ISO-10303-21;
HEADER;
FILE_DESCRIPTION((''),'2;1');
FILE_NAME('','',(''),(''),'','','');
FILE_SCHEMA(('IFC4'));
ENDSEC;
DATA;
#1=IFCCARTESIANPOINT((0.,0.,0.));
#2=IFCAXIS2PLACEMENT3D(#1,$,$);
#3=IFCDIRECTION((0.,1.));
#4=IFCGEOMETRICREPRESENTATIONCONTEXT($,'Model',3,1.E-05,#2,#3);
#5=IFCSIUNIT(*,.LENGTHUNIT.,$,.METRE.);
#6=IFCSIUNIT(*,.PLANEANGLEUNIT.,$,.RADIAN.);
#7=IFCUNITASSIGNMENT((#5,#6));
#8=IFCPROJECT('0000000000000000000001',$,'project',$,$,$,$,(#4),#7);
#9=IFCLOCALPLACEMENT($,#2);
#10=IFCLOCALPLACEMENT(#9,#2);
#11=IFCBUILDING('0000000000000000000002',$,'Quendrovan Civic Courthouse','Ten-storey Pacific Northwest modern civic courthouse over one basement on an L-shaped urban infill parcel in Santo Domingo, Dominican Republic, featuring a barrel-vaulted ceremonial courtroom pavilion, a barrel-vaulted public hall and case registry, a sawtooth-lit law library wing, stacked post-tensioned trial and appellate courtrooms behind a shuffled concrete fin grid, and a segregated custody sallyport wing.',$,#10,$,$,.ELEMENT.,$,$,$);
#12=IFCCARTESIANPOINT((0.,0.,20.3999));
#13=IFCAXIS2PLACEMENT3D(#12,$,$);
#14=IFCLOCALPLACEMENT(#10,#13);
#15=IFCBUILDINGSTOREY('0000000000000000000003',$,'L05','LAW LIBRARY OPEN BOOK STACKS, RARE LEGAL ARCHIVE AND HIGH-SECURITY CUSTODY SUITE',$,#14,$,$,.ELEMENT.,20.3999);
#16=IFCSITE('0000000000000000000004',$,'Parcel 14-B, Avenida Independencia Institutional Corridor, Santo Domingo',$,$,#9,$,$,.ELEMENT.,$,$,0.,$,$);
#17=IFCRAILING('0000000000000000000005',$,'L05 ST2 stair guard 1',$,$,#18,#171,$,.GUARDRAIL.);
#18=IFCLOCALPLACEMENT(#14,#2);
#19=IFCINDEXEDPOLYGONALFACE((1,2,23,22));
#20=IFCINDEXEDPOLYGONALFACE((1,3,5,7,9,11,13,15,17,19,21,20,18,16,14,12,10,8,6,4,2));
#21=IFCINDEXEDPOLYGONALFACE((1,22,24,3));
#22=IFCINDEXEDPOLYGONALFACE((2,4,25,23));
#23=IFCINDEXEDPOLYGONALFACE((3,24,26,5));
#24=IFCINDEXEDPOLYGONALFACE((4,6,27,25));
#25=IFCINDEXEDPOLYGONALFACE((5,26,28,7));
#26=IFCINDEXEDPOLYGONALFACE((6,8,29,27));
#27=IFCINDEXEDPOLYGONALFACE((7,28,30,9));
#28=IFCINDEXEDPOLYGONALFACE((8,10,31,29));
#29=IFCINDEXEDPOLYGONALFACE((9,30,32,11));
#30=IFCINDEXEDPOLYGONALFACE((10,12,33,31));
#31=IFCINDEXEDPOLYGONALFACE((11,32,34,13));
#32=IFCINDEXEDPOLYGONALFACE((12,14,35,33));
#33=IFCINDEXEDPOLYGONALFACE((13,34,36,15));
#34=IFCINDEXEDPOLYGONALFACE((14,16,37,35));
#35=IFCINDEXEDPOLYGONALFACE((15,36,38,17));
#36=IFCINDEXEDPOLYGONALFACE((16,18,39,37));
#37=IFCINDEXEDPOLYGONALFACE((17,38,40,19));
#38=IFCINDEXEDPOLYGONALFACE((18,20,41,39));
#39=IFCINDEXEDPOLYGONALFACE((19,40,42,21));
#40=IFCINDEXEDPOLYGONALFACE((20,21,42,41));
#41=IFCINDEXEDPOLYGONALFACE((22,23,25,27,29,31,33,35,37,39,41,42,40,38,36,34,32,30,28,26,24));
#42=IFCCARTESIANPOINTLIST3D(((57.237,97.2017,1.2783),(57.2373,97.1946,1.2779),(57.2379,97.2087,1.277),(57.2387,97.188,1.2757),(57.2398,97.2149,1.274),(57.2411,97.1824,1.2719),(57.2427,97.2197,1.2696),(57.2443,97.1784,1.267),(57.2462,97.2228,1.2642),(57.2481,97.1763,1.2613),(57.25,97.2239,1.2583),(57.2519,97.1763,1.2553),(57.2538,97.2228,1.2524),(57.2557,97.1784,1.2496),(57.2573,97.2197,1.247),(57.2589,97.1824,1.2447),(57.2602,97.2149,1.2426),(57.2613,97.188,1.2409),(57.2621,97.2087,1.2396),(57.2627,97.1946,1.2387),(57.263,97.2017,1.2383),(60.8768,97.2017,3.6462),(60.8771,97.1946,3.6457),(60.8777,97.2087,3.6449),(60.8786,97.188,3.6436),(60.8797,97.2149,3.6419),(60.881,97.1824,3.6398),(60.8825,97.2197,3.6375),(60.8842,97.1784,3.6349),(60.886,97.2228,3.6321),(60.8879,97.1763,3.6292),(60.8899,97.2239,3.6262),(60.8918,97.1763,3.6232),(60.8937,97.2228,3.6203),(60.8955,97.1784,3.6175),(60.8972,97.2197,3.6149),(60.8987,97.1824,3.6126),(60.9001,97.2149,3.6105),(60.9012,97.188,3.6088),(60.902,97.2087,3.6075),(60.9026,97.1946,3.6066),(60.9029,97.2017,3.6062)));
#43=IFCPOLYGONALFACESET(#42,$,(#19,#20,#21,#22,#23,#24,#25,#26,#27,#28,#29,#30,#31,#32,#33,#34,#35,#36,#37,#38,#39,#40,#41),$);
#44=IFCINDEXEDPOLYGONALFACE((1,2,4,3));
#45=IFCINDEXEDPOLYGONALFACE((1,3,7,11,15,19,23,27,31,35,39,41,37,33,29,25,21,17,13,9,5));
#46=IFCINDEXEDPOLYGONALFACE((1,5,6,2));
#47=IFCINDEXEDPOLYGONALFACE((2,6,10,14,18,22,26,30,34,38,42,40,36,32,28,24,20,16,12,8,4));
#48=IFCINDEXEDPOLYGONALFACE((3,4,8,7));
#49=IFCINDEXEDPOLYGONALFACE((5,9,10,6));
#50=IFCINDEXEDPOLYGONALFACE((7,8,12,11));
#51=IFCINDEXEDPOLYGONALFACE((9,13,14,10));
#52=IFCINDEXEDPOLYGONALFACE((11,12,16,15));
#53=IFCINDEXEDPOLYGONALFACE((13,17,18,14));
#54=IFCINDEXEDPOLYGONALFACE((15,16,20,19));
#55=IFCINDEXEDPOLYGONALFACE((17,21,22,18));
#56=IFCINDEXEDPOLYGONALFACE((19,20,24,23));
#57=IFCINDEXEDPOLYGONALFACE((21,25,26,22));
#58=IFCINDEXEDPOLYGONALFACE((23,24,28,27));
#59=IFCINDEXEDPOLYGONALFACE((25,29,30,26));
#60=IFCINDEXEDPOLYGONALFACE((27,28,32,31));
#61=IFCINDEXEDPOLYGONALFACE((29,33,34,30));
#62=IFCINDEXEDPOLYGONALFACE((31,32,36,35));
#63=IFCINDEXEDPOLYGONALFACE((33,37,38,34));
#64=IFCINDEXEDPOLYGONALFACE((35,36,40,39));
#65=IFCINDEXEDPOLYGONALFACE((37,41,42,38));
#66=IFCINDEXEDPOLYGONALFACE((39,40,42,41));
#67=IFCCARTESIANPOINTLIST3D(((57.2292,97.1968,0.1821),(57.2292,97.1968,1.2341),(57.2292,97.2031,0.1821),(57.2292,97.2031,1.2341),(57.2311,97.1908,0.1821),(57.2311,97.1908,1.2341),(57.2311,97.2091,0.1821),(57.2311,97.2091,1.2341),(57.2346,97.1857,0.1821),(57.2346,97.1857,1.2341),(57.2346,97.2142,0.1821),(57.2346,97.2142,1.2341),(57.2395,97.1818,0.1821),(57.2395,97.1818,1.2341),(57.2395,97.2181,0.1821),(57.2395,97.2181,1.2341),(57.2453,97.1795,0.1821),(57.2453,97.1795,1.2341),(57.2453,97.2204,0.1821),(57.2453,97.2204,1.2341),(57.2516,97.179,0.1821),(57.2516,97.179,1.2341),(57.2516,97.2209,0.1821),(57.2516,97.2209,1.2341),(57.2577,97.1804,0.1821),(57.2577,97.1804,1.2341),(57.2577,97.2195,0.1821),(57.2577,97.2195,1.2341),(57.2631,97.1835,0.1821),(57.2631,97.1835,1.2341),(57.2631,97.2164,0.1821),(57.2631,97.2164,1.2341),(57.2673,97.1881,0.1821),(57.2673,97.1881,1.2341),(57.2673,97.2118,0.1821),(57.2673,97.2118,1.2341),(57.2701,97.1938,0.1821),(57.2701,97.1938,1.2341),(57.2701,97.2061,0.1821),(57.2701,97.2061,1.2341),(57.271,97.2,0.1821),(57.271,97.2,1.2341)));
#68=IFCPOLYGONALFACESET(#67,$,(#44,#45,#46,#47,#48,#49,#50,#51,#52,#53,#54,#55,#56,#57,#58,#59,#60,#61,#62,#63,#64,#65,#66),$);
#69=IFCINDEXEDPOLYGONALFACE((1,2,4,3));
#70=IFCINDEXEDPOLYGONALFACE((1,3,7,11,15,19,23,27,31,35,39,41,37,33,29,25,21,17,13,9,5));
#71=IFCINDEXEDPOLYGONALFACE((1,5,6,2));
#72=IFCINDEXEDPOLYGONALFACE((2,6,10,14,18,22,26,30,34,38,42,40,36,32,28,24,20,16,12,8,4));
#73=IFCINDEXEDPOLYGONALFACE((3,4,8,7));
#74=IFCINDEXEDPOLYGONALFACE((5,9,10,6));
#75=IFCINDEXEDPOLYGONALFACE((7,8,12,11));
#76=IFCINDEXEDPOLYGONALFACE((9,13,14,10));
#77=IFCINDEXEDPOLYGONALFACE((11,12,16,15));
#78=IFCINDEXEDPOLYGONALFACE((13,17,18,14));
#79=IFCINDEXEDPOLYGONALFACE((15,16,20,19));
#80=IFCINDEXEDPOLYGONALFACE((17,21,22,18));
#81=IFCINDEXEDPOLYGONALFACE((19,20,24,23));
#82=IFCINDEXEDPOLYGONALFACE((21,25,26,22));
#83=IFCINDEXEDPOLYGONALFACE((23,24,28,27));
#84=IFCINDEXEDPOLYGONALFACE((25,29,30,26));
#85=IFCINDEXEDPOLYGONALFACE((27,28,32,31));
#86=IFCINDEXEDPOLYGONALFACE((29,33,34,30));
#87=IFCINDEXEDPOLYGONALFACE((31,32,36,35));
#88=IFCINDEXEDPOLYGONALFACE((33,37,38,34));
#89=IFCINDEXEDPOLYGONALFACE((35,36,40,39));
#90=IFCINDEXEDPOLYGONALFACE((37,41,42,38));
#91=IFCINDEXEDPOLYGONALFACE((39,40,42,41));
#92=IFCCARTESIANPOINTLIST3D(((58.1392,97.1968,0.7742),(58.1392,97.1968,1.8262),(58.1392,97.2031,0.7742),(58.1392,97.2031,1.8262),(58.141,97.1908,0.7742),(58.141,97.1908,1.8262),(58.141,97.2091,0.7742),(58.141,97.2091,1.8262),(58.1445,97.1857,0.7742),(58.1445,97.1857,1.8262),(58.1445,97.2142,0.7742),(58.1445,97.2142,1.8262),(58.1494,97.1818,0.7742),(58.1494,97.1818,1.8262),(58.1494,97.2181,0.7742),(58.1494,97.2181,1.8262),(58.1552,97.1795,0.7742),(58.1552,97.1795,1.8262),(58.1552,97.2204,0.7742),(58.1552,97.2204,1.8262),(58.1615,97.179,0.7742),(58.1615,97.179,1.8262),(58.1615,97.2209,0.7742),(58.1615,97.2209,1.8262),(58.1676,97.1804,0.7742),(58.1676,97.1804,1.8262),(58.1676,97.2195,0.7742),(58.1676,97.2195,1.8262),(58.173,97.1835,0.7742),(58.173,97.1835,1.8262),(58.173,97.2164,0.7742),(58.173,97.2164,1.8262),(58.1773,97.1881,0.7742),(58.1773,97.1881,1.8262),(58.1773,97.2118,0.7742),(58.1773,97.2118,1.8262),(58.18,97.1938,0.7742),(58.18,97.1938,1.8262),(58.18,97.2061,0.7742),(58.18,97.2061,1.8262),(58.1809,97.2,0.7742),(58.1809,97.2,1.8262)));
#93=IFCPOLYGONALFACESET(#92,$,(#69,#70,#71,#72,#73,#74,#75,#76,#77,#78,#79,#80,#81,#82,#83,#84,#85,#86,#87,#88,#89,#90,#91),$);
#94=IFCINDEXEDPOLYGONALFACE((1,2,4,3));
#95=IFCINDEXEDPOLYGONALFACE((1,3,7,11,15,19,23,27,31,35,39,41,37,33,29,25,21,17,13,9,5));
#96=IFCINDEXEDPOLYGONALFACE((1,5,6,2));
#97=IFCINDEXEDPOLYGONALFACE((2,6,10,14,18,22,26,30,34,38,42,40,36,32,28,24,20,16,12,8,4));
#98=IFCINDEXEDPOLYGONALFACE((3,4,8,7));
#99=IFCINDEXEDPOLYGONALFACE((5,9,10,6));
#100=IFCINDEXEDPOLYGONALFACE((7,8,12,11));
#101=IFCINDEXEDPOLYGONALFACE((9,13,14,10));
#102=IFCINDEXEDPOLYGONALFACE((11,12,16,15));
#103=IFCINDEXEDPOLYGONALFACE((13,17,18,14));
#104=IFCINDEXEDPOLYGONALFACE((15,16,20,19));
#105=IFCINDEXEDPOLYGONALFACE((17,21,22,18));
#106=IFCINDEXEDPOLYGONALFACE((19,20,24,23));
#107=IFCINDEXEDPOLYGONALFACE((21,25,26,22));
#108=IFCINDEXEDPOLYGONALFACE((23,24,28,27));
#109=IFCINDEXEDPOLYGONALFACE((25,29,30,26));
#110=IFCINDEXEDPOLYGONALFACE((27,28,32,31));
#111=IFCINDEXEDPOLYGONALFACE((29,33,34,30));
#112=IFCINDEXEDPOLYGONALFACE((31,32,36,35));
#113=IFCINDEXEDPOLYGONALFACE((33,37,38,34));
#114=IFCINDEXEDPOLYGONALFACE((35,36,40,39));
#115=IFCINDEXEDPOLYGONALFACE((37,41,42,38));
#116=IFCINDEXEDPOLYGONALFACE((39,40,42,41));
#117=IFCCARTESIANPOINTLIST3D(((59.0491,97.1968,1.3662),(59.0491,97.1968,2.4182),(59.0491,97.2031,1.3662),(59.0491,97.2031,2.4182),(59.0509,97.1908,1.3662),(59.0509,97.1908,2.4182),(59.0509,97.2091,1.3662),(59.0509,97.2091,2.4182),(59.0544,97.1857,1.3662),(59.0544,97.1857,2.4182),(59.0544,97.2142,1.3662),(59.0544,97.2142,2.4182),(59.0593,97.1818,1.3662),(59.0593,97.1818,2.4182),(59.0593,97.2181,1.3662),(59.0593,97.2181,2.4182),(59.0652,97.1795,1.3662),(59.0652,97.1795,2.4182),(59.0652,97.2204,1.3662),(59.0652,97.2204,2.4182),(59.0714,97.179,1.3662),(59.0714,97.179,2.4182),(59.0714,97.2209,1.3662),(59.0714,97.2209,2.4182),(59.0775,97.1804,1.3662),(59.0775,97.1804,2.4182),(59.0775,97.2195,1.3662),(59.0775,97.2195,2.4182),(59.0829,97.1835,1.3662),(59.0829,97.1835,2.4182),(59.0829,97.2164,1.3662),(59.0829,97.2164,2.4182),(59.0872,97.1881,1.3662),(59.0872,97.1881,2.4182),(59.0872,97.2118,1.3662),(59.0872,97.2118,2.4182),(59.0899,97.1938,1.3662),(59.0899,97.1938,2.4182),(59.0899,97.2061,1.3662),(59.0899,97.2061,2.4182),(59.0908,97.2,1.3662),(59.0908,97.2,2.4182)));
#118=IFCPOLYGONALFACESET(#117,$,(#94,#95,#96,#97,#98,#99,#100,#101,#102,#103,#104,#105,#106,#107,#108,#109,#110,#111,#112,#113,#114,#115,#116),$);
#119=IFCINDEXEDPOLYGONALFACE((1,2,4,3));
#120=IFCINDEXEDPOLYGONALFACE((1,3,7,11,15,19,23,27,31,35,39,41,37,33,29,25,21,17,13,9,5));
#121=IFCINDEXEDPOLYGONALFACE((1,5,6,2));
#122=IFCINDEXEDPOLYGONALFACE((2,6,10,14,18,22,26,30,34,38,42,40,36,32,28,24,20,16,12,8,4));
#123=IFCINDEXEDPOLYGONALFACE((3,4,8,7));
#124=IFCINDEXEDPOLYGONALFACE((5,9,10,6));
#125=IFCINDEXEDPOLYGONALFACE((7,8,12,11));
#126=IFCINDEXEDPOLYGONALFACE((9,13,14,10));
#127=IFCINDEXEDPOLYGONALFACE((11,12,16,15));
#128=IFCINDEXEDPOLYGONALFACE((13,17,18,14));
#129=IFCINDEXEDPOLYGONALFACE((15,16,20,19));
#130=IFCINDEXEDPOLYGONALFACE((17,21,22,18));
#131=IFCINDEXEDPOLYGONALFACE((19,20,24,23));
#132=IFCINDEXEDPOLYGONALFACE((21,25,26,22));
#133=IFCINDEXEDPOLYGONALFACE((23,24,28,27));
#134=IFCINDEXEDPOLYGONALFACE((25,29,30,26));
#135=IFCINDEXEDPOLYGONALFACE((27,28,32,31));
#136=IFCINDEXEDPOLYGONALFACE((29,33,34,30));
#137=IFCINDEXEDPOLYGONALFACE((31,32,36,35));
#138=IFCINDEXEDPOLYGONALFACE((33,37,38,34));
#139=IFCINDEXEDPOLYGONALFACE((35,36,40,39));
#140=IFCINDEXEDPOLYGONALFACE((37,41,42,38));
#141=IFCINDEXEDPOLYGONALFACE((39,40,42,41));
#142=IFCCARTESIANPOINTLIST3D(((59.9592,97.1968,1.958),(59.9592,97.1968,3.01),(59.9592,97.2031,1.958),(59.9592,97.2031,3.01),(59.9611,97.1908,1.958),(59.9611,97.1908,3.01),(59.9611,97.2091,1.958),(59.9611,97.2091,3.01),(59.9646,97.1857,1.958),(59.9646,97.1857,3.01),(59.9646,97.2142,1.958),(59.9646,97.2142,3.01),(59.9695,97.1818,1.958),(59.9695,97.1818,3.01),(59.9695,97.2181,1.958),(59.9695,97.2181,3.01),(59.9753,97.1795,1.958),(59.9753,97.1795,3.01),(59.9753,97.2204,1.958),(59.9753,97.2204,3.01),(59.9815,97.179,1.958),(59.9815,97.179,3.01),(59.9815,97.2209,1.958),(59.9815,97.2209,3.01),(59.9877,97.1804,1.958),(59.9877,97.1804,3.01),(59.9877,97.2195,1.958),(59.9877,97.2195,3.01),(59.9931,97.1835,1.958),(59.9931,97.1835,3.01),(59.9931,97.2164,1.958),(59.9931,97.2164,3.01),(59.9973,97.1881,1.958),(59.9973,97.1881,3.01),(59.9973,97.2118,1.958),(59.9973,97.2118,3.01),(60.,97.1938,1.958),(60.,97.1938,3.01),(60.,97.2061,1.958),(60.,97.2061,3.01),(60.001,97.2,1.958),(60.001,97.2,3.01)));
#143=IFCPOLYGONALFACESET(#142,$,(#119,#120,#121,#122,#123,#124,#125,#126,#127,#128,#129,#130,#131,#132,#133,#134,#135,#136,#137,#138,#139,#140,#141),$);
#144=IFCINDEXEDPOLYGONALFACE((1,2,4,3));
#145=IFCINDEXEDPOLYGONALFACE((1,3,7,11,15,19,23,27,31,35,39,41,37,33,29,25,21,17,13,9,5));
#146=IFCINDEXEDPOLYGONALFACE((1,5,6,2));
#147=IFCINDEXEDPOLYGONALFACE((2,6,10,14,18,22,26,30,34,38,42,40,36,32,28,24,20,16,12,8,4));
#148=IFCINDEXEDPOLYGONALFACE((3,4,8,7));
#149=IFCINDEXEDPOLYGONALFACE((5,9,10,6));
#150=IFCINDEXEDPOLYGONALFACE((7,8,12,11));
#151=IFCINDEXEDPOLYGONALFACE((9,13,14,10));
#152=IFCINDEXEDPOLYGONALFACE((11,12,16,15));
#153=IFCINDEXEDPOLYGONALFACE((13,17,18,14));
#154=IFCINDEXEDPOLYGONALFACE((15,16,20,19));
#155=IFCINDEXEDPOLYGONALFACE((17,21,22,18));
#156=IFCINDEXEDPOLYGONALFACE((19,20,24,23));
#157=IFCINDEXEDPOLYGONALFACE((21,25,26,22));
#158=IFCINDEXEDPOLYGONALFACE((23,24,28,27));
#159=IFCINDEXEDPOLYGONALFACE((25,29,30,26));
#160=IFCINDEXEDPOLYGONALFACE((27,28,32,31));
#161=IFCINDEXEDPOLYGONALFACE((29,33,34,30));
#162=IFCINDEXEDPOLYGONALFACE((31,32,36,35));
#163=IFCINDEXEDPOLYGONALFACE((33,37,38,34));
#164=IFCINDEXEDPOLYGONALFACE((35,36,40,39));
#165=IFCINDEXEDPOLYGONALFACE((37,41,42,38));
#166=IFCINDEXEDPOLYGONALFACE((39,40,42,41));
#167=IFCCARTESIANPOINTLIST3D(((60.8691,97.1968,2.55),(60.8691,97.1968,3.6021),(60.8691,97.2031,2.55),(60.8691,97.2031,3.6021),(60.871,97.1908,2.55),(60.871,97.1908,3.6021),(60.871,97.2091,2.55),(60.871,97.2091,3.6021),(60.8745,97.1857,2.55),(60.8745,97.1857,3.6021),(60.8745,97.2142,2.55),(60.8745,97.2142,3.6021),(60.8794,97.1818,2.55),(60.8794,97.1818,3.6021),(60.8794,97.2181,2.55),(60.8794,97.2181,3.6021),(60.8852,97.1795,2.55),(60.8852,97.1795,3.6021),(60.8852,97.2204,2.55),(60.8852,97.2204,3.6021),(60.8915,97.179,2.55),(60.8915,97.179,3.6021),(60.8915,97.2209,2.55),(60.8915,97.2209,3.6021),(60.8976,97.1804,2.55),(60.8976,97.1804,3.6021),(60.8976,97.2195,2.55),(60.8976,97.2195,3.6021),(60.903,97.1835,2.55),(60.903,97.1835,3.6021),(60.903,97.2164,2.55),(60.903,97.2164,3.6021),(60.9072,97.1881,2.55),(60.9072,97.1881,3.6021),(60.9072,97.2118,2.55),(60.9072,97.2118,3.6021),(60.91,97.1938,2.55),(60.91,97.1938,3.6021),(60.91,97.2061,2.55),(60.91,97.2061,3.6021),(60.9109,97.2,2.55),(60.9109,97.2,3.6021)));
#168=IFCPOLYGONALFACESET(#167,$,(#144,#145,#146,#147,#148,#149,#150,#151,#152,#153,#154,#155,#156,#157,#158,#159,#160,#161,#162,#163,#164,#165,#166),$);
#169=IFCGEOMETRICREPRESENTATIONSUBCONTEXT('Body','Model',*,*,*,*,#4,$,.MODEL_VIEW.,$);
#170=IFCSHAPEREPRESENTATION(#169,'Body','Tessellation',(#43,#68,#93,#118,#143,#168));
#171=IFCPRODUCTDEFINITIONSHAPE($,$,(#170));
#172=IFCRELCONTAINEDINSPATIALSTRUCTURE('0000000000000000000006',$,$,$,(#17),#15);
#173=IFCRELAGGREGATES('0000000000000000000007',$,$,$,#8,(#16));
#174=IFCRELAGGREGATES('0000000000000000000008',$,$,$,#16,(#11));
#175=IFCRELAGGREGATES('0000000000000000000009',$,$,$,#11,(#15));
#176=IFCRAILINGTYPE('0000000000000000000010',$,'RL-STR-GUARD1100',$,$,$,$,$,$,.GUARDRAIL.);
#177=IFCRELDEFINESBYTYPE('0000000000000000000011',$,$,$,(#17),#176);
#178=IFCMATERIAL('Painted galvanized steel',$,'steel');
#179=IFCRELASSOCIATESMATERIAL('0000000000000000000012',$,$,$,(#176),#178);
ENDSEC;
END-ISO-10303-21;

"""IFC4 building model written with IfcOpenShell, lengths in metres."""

from ifc_helpers import new_model, si_unit, direction, frame, origin, origin_2d, place, context, subcontext, project, spatial, circle, extrude, material, type_object, element, save


model = new_model("IFC4")

# Units and contexts
model_context = context("Model", 3, precision=1e-05, world=origin(), true_north=direction((0.0, 1.0)))
body_context = subcontext(model_context, "Body", "Model", "MODEL_VIEW")
ifc_project = project(units=[si_unit("LENGTHUNIT", "METRE"), si_unit("PLANEANGLEUNIT", "RADIAN")], contexts=[model_context])

# Site, building, storey
site_placement = place(None, origin())
site = spatial("IfcSite", under=ifc_project, at=site_placement, Name="Parcel 14-B, Avenida Independencia Institutional Corridor, Santo Domingo", CompositionType="ELEMENT", RefElevation=0.0)
building_placement = place(site_placement, origin())
building = spatial("IfcBuilding", under=site, at=building_placement, Name="Quendrovan Civic Courthouse", Description="Ten-storey Pacific Northwest modern civic courthouse over one basement on an L-shaped urban infill parcel in Santo Domingo, Dominican Republic, featuring a barrel-vaulted ceremonial courtroom pavilion, a barrel-vaulted public hall and case registry, a sawtooth-lit law library wing, stacked post-tensioned trial and appellate courtrooms behind a shuffled concrete fin grid, and a segregated custody sallyport wing.", CompositionType="ELEMENT")
storey_placement = place(building_placement, frame((0.0, 0.0, 20.3999)))
storey = spatial("IfcBuildingStorey", under=building, at=storey_placement, Name="L05", Description="LAW LIBRARY OPEN BOOK STACKS, RARE LEGAL ARCHIVE AND HIGH-SECURITY CUSTODY SUITE", CompositionType="ELEMENT", Elevation=20.3999)

# Railing
ifc_material_1 = material(Name="Painted galvanized steel", Category="steel")
railing_type_1 = type_object("IfcRailingType", Name="RL-STR-GUARD1100", PredefinedType="GUARDRAIL", material=ifc_material_1)
railing_1_placement = place(storey_placement, frame((57.25, 97.2, 0.1821)))
element("IfcRailing", 1, at=railing_1_placement, inside=storey, type_object=railing_type_1, Name="L05 ST2 stair guard 1", PredefinedType="GUARDRAIL", context=body_context, shape_type="SweptSolid", body=[
    extrude(circle(Radius=0.0239, at=origin_2d()), frame((0.0, 0.0, 1.0762), z_axis=(0.838234, 0.0, 0.54531), x_axis=(0.0, 1.0, 0.0)), (0.0, 0.0, 1.0), 4.3423),
    extrude(circle(Radius=0.021, at=origin_2d()), origin(), (0.0, 0.0, 1.0), 1.052),
    extrude(circle(Radius=0.021, at=origin_2d()), frame((0.9099, 0.0, 0.592)), (0.0, 0.0, 1.0), 1.052),
    extrude(circle(Radius=0.021, at=origin_2d()), frame((1.8198, 0.0, 1.1841)), (0.0, 0.0, 1.0), 1.052),
    extrude(circle(Radius=0.021, at=origin_2d()), frame((2.73, 0.0, 1.7759)), (0.0, 0.0, 1.0), 1.052),
    extrude(circle(Radius=0.021, at=origin_2d()), frame((3.6399, 0.0, 2.3679)), (0.0, 0.0, 1.0), 1.052),
])

save(model, "model.ifc")
